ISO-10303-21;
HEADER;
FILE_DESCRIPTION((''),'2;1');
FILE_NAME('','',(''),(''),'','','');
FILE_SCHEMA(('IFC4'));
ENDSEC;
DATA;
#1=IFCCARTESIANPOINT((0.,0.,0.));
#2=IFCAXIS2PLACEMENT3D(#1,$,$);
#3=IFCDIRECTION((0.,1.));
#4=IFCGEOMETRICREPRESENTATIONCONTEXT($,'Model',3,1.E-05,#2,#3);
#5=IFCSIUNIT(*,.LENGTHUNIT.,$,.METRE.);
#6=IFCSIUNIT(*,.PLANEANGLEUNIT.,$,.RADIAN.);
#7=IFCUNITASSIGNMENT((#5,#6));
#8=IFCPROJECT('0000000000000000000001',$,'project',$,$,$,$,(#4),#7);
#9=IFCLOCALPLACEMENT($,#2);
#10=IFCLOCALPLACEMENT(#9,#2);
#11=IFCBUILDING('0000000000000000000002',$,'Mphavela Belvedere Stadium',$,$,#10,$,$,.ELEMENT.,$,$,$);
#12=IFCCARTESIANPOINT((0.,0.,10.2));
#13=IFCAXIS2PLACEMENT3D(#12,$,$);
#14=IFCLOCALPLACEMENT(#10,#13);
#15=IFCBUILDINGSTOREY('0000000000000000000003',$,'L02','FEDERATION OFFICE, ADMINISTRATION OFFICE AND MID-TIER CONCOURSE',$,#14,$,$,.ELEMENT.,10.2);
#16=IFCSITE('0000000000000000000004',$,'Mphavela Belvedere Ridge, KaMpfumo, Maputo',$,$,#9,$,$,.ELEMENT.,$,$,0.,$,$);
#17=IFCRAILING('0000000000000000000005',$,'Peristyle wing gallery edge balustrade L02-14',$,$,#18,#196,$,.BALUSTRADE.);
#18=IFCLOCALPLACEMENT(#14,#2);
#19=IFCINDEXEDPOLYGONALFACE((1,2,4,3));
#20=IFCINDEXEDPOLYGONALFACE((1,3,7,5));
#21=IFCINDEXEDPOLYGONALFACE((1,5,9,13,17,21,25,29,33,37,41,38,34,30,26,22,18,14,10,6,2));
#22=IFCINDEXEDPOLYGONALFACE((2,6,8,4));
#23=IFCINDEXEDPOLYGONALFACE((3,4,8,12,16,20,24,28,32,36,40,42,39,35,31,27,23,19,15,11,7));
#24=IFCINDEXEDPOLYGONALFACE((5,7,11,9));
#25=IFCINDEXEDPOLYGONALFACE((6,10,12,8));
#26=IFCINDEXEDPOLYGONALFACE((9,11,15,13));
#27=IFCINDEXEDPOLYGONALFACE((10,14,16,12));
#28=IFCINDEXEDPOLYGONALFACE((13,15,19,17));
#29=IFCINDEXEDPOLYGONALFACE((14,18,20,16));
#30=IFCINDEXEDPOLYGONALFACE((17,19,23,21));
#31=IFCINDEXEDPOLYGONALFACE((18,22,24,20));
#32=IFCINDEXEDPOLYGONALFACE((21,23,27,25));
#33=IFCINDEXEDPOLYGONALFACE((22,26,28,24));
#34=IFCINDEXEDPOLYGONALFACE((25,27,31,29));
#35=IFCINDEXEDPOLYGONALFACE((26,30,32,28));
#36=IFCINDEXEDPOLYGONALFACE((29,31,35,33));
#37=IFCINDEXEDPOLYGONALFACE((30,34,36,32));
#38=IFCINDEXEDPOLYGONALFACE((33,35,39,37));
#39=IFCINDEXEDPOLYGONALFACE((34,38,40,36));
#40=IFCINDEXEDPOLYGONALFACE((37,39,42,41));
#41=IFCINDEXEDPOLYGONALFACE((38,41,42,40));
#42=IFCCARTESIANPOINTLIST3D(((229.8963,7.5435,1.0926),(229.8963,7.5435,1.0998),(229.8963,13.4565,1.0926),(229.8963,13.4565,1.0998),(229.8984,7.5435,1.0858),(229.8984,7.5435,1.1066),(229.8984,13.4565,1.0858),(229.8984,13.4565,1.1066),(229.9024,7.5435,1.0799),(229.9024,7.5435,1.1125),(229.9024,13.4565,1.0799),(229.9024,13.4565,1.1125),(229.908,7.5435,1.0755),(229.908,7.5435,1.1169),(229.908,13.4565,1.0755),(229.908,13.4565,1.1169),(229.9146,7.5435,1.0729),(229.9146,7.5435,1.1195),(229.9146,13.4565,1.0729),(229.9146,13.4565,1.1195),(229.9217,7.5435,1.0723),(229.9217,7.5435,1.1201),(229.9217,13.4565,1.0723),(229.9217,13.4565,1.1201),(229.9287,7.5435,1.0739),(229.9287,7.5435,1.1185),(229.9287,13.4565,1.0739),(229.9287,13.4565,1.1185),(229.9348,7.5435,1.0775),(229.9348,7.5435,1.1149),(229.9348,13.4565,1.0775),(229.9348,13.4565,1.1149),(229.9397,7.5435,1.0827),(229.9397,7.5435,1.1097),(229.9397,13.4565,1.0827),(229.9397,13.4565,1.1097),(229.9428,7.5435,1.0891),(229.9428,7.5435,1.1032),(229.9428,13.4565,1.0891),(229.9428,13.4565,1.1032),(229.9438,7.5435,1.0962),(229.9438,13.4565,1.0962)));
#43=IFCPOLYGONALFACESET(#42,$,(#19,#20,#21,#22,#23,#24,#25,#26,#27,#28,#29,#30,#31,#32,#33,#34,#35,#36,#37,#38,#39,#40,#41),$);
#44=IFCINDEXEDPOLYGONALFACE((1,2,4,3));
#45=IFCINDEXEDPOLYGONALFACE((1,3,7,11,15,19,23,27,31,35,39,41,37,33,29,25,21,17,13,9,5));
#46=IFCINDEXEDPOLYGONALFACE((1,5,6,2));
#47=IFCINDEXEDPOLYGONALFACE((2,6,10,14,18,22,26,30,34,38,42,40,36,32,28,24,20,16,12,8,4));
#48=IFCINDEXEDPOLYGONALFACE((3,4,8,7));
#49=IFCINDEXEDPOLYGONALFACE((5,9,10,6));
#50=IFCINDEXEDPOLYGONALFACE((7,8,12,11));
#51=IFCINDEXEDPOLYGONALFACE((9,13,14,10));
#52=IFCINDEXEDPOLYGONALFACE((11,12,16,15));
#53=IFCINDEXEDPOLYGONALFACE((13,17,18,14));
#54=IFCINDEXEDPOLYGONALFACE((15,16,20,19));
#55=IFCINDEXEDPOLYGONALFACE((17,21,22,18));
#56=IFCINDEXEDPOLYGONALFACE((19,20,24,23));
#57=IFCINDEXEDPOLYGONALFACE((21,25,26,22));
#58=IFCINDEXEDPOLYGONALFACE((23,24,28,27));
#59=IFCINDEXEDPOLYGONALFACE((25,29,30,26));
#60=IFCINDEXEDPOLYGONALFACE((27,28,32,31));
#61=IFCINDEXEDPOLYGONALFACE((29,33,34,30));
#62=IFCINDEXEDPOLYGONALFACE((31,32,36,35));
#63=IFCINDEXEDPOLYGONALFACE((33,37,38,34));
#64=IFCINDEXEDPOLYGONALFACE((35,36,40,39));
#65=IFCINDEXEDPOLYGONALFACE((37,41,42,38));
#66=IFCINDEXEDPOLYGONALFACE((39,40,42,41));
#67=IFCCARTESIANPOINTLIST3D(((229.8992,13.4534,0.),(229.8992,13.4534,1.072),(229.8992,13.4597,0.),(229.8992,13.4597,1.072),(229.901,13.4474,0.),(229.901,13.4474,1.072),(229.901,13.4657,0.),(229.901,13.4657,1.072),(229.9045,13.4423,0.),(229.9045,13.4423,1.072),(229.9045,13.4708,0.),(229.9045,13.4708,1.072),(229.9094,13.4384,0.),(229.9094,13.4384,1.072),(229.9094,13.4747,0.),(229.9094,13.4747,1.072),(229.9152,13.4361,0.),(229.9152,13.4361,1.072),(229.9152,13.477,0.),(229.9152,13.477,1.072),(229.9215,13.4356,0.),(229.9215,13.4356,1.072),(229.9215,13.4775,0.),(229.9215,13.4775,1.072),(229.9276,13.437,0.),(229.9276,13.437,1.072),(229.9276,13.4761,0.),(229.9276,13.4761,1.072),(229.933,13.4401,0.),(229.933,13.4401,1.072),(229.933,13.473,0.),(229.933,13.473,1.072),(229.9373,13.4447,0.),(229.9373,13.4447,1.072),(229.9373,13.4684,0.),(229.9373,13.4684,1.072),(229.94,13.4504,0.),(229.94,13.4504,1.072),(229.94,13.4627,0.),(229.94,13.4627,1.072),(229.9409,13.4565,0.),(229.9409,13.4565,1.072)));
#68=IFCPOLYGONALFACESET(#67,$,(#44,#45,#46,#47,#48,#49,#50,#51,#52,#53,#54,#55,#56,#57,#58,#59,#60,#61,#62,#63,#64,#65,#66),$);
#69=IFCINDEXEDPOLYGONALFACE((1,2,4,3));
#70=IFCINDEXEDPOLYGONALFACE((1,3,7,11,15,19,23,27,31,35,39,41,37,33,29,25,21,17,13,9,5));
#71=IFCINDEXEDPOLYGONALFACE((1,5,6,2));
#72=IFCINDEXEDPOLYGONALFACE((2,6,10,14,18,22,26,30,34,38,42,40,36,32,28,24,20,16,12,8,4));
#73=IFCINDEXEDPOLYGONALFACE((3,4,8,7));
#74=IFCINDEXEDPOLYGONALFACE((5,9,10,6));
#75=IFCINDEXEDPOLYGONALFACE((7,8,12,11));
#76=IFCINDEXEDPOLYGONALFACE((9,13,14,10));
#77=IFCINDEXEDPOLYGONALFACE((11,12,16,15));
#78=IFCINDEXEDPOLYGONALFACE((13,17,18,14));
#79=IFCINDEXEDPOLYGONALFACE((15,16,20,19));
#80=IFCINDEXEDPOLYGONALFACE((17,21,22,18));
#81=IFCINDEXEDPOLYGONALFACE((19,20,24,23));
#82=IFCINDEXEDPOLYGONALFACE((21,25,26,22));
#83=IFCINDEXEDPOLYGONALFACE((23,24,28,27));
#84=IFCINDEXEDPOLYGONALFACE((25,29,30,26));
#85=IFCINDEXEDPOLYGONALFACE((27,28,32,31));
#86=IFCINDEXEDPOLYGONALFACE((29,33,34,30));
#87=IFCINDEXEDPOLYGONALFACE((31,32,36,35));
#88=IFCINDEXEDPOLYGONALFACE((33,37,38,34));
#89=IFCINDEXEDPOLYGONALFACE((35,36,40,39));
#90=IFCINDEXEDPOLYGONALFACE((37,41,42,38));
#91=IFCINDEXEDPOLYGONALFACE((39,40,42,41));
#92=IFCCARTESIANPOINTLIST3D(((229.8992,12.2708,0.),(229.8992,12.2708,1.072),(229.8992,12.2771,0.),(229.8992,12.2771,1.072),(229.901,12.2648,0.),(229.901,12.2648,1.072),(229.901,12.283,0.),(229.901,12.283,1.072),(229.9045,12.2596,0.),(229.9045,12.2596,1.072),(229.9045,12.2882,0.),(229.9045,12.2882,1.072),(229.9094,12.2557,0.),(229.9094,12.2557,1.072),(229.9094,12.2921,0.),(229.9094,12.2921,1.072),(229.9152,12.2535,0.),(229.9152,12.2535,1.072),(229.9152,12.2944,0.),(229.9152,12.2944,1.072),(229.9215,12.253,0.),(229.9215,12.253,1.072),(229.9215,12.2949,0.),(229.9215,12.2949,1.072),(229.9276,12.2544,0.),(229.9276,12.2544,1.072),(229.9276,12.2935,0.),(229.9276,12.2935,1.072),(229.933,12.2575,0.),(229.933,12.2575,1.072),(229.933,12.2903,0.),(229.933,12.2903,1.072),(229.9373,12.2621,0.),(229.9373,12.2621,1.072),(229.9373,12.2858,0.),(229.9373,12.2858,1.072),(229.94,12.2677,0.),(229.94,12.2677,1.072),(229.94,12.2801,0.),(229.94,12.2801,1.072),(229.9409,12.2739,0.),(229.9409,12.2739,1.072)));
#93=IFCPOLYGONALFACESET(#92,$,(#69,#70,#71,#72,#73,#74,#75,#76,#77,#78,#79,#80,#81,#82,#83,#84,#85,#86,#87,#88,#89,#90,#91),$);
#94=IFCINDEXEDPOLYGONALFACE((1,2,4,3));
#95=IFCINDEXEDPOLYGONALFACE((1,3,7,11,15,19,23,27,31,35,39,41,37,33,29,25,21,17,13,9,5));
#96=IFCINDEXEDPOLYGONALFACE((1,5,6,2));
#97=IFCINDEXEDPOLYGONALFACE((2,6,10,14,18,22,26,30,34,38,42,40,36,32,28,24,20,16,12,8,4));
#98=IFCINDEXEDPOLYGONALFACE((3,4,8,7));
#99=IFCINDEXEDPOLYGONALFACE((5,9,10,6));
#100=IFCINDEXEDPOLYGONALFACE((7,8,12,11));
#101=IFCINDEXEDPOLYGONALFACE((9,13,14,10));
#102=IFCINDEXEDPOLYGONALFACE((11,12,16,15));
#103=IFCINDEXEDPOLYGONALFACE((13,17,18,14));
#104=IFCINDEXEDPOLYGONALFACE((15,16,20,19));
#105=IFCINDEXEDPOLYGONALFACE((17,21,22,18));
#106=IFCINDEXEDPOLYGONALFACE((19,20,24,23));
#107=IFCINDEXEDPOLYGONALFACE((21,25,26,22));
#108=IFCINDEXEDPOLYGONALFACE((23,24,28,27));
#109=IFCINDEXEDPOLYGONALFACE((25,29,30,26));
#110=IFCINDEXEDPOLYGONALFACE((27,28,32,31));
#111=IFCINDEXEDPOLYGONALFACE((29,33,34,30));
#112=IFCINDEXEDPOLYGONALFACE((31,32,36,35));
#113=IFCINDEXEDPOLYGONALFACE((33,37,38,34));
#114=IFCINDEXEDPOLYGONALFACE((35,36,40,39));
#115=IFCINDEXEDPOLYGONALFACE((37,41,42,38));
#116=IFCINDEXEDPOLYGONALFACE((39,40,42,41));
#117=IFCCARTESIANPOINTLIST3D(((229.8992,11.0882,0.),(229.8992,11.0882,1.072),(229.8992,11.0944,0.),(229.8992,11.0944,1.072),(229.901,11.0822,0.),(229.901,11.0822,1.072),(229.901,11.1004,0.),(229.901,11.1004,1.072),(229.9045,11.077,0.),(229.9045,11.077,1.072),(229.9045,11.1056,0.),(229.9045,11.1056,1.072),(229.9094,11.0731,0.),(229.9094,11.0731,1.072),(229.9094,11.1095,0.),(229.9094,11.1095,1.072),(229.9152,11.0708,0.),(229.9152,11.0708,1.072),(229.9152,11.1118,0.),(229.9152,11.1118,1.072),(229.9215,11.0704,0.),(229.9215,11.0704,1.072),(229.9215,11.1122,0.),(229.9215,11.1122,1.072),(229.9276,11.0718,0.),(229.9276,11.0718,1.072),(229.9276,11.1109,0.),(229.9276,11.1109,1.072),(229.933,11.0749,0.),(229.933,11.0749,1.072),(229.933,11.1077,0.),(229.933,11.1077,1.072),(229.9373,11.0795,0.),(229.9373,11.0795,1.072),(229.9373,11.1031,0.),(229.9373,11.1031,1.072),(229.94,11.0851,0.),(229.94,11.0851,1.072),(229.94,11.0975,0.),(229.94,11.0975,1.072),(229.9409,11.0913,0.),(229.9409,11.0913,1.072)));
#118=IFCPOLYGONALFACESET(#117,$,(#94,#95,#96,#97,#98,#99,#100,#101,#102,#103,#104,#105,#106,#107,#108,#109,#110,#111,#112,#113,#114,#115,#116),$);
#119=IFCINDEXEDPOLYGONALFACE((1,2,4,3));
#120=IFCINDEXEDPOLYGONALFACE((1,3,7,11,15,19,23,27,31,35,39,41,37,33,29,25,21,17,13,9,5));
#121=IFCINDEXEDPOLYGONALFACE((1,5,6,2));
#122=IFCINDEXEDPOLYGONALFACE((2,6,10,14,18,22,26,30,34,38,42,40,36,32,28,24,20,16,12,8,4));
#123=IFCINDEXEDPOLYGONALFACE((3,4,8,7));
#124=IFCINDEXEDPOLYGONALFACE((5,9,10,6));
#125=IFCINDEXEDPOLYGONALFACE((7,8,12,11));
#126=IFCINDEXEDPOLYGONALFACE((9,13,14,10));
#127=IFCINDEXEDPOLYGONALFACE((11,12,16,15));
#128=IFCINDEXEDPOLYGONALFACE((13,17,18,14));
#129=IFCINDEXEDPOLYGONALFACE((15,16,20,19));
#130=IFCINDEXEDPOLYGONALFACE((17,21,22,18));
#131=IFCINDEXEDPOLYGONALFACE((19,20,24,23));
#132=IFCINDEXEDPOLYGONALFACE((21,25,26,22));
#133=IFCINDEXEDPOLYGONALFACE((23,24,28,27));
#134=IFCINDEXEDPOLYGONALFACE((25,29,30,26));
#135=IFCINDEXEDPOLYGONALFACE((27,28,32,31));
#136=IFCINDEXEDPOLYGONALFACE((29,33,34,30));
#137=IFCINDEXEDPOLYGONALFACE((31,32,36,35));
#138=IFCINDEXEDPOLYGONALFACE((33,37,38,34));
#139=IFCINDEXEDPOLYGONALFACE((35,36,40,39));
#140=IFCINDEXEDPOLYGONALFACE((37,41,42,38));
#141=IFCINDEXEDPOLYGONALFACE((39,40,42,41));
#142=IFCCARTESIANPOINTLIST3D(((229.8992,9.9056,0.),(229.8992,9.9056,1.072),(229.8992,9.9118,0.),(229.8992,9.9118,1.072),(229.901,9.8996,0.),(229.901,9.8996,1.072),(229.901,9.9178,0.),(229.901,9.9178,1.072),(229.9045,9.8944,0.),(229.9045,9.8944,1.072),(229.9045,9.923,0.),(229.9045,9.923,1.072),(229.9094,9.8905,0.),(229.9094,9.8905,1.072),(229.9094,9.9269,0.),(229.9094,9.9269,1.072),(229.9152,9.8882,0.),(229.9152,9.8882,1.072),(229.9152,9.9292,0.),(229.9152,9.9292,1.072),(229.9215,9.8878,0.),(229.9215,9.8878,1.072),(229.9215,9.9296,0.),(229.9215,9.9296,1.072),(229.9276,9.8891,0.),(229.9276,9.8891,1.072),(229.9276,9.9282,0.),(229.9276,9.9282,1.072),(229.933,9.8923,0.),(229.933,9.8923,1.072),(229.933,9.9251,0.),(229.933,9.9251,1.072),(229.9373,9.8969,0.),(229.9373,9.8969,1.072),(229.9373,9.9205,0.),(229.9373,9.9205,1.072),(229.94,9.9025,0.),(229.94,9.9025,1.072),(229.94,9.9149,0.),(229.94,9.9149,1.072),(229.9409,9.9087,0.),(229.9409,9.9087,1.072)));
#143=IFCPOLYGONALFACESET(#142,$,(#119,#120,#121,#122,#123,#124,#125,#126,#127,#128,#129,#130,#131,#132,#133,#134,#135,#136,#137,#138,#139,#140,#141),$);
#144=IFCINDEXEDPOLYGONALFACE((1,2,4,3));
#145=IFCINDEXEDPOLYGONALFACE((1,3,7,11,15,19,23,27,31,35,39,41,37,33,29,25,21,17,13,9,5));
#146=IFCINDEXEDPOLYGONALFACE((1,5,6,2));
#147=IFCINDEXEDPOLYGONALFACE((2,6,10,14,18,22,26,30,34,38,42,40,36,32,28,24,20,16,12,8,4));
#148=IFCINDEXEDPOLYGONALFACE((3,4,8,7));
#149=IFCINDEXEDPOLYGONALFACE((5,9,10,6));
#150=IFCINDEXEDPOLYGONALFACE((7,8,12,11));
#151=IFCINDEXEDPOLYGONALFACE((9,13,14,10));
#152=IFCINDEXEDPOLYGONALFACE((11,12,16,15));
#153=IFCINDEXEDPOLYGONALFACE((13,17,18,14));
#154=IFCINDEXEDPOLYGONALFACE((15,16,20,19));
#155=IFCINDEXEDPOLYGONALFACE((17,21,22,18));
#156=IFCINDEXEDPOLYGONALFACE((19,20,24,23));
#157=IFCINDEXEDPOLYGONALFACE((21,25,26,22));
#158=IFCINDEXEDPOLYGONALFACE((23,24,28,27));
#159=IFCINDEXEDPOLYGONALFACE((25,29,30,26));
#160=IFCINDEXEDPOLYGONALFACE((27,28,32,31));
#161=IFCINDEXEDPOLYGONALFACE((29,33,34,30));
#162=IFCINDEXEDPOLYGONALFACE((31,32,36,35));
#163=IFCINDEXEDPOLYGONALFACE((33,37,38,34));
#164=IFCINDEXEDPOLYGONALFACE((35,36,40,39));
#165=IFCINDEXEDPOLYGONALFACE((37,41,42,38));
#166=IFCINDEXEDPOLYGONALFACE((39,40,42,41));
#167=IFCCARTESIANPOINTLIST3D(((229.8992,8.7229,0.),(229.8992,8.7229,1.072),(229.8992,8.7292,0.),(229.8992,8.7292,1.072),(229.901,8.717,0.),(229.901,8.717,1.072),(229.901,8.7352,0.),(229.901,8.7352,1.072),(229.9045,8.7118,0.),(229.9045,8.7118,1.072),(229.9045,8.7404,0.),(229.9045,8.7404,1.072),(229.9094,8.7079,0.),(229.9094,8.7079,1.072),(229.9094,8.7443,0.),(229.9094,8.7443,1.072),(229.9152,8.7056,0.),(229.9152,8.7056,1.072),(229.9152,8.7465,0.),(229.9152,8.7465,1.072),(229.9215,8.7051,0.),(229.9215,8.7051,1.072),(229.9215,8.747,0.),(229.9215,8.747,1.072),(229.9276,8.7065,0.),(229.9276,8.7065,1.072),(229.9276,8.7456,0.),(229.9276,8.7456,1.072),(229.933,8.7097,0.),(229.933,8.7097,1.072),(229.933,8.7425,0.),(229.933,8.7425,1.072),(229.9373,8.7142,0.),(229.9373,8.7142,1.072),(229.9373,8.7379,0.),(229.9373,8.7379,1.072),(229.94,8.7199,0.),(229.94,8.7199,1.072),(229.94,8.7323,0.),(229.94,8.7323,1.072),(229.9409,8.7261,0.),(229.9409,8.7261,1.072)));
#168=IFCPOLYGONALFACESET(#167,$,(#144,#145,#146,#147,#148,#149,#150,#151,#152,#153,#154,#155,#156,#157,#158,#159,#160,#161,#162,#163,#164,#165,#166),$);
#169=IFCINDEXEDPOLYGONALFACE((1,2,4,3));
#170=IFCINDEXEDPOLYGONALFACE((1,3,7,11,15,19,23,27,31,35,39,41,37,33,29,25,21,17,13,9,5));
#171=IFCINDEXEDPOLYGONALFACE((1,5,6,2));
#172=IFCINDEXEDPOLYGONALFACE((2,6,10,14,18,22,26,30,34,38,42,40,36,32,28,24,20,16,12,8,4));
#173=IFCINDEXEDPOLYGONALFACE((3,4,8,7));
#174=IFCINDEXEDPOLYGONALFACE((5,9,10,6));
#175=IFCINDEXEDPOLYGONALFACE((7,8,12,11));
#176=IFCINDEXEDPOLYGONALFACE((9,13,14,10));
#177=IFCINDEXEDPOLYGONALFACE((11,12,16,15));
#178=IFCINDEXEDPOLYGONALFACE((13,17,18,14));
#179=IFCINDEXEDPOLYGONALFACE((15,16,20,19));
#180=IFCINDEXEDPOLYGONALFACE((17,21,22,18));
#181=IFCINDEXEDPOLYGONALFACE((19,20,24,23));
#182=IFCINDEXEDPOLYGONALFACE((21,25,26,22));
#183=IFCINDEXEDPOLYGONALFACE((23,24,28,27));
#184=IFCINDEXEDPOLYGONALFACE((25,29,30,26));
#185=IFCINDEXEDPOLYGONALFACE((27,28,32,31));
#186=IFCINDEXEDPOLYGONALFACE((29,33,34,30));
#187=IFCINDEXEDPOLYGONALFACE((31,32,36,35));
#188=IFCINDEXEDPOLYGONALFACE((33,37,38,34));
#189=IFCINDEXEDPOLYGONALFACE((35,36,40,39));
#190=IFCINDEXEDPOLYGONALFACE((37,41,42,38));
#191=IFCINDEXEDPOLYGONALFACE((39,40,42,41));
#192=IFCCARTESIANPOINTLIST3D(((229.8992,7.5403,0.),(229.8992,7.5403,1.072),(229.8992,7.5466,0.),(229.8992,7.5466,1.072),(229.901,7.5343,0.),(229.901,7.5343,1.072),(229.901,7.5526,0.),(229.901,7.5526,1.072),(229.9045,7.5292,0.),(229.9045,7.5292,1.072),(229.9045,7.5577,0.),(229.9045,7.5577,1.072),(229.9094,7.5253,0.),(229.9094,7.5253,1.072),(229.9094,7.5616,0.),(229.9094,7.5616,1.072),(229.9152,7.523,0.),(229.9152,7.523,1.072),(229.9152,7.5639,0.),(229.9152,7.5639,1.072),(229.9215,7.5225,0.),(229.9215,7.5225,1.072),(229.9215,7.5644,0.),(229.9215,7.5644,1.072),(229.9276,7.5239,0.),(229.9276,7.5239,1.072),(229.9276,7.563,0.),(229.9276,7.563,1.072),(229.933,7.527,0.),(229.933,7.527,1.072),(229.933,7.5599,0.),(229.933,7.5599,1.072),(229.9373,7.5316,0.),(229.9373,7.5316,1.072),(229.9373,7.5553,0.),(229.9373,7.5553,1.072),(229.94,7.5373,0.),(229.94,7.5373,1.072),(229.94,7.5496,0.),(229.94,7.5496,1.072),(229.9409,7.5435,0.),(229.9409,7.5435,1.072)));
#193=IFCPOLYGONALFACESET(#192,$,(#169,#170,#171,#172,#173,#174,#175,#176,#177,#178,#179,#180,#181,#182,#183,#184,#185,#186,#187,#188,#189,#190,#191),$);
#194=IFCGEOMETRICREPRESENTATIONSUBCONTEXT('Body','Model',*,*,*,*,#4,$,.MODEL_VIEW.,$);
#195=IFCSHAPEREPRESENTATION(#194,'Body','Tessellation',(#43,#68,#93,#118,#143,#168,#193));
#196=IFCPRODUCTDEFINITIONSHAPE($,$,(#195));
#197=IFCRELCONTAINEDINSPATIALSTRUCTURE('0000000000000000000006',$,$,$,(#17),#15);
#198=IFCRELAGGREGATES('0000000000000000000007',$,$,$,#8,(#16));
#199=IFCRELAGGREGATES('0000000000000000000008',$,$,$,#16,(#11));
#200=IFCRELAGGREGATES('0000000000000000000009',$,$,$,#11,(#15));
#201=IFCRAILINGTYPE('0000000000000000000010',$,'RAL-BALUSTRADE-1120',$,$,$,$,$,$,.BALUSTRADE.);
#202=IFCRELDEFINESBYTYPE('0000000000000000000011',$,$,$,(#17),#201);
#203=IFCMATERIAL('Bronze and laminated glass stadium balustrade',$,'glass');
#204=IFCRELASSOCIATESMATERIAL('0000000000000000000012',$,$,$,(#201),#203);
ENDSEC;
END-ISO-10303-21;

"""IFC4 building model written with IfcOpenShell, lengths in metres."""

from ifc_helpers import new_model, si_unit, direction, frame, origin, origin_2d, place, context, subcontext, project, spatial, circle, extrude, material, type_object, element, save


model = new_model("IFC4")

# Units and contexts
model_context = context("Model", 3, precision=1e-05, world=origin(), true_north=direction((0.0, 1.0)))
body_context = subcontext(model_context, "Body", "Model", "MODEL_VIEW")
ifc_project = project(units=[si_unit("LENGTHUNIT", "METRE"), si_unit("PLANEANGLEUNIT", "RADIAN")], contexts=[model_context])

# Site, building, storey
site_placement = place(None, origin())
site = spatial("IfcSite", under=ifc_project, at=site_placement, Name="Mphavela Belvedere Ridge, KaMpfumo, Maputo", CompositionType="ELEMENT", RefElevation=0.0)
building_placement = place(site_placement, origin())
building = spatial("IfcBuilding", under=site, at=building_placement, Name="Mphavela Belvedere Stadium", CompositionType="ELEMENT")
storey_placement = place(building_placement, frame((0.0, 0.0, 10.2)))
storey = spatial("IfcBuildingStorey", under=building, at=storey_placement, Name="L02", Description="FEDERATION OFFICE, ADMINISTRATION OFFICE AND MID-TIER CONCOURSE", CompositionType="ELEMENT", Elevation=10.2)

# Railing
ifc_material_1 = material(Name="Bronze and laminated glass stadium balustrade", Category="glass")
railing_type = type_object("IfcRailingType", Name="RAL-BALUSTRADE-1120", PredefinedType="BALUSTRADE", material=ifc_material_1)
for number, where, name in (
    (1, (229.9199, 13.4565, 0.0), "Peristyle wing gallery edge balustrade L02-14"),
):
    element("IfcRailing", number, at=place(storey_placement, frame(where)), inside=storey, type_object=railing_type, Name=name, PredefinedType="BALUSTRADE", context=body_context, shape_type="SweptSolid", body=[
        extrude(circle(Radius=0.0239, at=origin_2d()), frame((0.0, 0.0, 1.0962), z_axis=(0.0, -1.0, 0.0), x_axis=(1.0, 0.0, 0.0)), (0.0, 0.0, 1.0), 5.9131),
        extrude(circle(Radius=0.021, at=origin_2d()), origin(), (0.0, 0.0, 1.0), 1.072),
        extrude(circle(Radius=0.021, at=origin_2d()), frame((0.0, -1.1826, 0.0)), (0.0, 0.0, 1.0), 1.072),
        extrude(circle(Radius=0.021, at=origin_2d()), frame((0.0, -2.3652, 0.0)), (0.0, 0.0, 1.0), 1.072),
        extrude(circle(Radius=0.021, at=origin_2d()), frame((0.0, -3.5479, 0.0)), (0.0, 0.0, 1.0), 1.072),
        extrude(circle(Radius=0.021, at=origin_2d()), frame((0.0, -4.7305, 0.0)), (0.0, 0.0, 1.0), 1.072),
        extrude(circle(Radius=0.021, at=origin_2d()), frame((0.0, -5.9131, 0.0)), (0.0, 0.0, 1.0), 1.072),
    ])

save(model, "model.ifc")
